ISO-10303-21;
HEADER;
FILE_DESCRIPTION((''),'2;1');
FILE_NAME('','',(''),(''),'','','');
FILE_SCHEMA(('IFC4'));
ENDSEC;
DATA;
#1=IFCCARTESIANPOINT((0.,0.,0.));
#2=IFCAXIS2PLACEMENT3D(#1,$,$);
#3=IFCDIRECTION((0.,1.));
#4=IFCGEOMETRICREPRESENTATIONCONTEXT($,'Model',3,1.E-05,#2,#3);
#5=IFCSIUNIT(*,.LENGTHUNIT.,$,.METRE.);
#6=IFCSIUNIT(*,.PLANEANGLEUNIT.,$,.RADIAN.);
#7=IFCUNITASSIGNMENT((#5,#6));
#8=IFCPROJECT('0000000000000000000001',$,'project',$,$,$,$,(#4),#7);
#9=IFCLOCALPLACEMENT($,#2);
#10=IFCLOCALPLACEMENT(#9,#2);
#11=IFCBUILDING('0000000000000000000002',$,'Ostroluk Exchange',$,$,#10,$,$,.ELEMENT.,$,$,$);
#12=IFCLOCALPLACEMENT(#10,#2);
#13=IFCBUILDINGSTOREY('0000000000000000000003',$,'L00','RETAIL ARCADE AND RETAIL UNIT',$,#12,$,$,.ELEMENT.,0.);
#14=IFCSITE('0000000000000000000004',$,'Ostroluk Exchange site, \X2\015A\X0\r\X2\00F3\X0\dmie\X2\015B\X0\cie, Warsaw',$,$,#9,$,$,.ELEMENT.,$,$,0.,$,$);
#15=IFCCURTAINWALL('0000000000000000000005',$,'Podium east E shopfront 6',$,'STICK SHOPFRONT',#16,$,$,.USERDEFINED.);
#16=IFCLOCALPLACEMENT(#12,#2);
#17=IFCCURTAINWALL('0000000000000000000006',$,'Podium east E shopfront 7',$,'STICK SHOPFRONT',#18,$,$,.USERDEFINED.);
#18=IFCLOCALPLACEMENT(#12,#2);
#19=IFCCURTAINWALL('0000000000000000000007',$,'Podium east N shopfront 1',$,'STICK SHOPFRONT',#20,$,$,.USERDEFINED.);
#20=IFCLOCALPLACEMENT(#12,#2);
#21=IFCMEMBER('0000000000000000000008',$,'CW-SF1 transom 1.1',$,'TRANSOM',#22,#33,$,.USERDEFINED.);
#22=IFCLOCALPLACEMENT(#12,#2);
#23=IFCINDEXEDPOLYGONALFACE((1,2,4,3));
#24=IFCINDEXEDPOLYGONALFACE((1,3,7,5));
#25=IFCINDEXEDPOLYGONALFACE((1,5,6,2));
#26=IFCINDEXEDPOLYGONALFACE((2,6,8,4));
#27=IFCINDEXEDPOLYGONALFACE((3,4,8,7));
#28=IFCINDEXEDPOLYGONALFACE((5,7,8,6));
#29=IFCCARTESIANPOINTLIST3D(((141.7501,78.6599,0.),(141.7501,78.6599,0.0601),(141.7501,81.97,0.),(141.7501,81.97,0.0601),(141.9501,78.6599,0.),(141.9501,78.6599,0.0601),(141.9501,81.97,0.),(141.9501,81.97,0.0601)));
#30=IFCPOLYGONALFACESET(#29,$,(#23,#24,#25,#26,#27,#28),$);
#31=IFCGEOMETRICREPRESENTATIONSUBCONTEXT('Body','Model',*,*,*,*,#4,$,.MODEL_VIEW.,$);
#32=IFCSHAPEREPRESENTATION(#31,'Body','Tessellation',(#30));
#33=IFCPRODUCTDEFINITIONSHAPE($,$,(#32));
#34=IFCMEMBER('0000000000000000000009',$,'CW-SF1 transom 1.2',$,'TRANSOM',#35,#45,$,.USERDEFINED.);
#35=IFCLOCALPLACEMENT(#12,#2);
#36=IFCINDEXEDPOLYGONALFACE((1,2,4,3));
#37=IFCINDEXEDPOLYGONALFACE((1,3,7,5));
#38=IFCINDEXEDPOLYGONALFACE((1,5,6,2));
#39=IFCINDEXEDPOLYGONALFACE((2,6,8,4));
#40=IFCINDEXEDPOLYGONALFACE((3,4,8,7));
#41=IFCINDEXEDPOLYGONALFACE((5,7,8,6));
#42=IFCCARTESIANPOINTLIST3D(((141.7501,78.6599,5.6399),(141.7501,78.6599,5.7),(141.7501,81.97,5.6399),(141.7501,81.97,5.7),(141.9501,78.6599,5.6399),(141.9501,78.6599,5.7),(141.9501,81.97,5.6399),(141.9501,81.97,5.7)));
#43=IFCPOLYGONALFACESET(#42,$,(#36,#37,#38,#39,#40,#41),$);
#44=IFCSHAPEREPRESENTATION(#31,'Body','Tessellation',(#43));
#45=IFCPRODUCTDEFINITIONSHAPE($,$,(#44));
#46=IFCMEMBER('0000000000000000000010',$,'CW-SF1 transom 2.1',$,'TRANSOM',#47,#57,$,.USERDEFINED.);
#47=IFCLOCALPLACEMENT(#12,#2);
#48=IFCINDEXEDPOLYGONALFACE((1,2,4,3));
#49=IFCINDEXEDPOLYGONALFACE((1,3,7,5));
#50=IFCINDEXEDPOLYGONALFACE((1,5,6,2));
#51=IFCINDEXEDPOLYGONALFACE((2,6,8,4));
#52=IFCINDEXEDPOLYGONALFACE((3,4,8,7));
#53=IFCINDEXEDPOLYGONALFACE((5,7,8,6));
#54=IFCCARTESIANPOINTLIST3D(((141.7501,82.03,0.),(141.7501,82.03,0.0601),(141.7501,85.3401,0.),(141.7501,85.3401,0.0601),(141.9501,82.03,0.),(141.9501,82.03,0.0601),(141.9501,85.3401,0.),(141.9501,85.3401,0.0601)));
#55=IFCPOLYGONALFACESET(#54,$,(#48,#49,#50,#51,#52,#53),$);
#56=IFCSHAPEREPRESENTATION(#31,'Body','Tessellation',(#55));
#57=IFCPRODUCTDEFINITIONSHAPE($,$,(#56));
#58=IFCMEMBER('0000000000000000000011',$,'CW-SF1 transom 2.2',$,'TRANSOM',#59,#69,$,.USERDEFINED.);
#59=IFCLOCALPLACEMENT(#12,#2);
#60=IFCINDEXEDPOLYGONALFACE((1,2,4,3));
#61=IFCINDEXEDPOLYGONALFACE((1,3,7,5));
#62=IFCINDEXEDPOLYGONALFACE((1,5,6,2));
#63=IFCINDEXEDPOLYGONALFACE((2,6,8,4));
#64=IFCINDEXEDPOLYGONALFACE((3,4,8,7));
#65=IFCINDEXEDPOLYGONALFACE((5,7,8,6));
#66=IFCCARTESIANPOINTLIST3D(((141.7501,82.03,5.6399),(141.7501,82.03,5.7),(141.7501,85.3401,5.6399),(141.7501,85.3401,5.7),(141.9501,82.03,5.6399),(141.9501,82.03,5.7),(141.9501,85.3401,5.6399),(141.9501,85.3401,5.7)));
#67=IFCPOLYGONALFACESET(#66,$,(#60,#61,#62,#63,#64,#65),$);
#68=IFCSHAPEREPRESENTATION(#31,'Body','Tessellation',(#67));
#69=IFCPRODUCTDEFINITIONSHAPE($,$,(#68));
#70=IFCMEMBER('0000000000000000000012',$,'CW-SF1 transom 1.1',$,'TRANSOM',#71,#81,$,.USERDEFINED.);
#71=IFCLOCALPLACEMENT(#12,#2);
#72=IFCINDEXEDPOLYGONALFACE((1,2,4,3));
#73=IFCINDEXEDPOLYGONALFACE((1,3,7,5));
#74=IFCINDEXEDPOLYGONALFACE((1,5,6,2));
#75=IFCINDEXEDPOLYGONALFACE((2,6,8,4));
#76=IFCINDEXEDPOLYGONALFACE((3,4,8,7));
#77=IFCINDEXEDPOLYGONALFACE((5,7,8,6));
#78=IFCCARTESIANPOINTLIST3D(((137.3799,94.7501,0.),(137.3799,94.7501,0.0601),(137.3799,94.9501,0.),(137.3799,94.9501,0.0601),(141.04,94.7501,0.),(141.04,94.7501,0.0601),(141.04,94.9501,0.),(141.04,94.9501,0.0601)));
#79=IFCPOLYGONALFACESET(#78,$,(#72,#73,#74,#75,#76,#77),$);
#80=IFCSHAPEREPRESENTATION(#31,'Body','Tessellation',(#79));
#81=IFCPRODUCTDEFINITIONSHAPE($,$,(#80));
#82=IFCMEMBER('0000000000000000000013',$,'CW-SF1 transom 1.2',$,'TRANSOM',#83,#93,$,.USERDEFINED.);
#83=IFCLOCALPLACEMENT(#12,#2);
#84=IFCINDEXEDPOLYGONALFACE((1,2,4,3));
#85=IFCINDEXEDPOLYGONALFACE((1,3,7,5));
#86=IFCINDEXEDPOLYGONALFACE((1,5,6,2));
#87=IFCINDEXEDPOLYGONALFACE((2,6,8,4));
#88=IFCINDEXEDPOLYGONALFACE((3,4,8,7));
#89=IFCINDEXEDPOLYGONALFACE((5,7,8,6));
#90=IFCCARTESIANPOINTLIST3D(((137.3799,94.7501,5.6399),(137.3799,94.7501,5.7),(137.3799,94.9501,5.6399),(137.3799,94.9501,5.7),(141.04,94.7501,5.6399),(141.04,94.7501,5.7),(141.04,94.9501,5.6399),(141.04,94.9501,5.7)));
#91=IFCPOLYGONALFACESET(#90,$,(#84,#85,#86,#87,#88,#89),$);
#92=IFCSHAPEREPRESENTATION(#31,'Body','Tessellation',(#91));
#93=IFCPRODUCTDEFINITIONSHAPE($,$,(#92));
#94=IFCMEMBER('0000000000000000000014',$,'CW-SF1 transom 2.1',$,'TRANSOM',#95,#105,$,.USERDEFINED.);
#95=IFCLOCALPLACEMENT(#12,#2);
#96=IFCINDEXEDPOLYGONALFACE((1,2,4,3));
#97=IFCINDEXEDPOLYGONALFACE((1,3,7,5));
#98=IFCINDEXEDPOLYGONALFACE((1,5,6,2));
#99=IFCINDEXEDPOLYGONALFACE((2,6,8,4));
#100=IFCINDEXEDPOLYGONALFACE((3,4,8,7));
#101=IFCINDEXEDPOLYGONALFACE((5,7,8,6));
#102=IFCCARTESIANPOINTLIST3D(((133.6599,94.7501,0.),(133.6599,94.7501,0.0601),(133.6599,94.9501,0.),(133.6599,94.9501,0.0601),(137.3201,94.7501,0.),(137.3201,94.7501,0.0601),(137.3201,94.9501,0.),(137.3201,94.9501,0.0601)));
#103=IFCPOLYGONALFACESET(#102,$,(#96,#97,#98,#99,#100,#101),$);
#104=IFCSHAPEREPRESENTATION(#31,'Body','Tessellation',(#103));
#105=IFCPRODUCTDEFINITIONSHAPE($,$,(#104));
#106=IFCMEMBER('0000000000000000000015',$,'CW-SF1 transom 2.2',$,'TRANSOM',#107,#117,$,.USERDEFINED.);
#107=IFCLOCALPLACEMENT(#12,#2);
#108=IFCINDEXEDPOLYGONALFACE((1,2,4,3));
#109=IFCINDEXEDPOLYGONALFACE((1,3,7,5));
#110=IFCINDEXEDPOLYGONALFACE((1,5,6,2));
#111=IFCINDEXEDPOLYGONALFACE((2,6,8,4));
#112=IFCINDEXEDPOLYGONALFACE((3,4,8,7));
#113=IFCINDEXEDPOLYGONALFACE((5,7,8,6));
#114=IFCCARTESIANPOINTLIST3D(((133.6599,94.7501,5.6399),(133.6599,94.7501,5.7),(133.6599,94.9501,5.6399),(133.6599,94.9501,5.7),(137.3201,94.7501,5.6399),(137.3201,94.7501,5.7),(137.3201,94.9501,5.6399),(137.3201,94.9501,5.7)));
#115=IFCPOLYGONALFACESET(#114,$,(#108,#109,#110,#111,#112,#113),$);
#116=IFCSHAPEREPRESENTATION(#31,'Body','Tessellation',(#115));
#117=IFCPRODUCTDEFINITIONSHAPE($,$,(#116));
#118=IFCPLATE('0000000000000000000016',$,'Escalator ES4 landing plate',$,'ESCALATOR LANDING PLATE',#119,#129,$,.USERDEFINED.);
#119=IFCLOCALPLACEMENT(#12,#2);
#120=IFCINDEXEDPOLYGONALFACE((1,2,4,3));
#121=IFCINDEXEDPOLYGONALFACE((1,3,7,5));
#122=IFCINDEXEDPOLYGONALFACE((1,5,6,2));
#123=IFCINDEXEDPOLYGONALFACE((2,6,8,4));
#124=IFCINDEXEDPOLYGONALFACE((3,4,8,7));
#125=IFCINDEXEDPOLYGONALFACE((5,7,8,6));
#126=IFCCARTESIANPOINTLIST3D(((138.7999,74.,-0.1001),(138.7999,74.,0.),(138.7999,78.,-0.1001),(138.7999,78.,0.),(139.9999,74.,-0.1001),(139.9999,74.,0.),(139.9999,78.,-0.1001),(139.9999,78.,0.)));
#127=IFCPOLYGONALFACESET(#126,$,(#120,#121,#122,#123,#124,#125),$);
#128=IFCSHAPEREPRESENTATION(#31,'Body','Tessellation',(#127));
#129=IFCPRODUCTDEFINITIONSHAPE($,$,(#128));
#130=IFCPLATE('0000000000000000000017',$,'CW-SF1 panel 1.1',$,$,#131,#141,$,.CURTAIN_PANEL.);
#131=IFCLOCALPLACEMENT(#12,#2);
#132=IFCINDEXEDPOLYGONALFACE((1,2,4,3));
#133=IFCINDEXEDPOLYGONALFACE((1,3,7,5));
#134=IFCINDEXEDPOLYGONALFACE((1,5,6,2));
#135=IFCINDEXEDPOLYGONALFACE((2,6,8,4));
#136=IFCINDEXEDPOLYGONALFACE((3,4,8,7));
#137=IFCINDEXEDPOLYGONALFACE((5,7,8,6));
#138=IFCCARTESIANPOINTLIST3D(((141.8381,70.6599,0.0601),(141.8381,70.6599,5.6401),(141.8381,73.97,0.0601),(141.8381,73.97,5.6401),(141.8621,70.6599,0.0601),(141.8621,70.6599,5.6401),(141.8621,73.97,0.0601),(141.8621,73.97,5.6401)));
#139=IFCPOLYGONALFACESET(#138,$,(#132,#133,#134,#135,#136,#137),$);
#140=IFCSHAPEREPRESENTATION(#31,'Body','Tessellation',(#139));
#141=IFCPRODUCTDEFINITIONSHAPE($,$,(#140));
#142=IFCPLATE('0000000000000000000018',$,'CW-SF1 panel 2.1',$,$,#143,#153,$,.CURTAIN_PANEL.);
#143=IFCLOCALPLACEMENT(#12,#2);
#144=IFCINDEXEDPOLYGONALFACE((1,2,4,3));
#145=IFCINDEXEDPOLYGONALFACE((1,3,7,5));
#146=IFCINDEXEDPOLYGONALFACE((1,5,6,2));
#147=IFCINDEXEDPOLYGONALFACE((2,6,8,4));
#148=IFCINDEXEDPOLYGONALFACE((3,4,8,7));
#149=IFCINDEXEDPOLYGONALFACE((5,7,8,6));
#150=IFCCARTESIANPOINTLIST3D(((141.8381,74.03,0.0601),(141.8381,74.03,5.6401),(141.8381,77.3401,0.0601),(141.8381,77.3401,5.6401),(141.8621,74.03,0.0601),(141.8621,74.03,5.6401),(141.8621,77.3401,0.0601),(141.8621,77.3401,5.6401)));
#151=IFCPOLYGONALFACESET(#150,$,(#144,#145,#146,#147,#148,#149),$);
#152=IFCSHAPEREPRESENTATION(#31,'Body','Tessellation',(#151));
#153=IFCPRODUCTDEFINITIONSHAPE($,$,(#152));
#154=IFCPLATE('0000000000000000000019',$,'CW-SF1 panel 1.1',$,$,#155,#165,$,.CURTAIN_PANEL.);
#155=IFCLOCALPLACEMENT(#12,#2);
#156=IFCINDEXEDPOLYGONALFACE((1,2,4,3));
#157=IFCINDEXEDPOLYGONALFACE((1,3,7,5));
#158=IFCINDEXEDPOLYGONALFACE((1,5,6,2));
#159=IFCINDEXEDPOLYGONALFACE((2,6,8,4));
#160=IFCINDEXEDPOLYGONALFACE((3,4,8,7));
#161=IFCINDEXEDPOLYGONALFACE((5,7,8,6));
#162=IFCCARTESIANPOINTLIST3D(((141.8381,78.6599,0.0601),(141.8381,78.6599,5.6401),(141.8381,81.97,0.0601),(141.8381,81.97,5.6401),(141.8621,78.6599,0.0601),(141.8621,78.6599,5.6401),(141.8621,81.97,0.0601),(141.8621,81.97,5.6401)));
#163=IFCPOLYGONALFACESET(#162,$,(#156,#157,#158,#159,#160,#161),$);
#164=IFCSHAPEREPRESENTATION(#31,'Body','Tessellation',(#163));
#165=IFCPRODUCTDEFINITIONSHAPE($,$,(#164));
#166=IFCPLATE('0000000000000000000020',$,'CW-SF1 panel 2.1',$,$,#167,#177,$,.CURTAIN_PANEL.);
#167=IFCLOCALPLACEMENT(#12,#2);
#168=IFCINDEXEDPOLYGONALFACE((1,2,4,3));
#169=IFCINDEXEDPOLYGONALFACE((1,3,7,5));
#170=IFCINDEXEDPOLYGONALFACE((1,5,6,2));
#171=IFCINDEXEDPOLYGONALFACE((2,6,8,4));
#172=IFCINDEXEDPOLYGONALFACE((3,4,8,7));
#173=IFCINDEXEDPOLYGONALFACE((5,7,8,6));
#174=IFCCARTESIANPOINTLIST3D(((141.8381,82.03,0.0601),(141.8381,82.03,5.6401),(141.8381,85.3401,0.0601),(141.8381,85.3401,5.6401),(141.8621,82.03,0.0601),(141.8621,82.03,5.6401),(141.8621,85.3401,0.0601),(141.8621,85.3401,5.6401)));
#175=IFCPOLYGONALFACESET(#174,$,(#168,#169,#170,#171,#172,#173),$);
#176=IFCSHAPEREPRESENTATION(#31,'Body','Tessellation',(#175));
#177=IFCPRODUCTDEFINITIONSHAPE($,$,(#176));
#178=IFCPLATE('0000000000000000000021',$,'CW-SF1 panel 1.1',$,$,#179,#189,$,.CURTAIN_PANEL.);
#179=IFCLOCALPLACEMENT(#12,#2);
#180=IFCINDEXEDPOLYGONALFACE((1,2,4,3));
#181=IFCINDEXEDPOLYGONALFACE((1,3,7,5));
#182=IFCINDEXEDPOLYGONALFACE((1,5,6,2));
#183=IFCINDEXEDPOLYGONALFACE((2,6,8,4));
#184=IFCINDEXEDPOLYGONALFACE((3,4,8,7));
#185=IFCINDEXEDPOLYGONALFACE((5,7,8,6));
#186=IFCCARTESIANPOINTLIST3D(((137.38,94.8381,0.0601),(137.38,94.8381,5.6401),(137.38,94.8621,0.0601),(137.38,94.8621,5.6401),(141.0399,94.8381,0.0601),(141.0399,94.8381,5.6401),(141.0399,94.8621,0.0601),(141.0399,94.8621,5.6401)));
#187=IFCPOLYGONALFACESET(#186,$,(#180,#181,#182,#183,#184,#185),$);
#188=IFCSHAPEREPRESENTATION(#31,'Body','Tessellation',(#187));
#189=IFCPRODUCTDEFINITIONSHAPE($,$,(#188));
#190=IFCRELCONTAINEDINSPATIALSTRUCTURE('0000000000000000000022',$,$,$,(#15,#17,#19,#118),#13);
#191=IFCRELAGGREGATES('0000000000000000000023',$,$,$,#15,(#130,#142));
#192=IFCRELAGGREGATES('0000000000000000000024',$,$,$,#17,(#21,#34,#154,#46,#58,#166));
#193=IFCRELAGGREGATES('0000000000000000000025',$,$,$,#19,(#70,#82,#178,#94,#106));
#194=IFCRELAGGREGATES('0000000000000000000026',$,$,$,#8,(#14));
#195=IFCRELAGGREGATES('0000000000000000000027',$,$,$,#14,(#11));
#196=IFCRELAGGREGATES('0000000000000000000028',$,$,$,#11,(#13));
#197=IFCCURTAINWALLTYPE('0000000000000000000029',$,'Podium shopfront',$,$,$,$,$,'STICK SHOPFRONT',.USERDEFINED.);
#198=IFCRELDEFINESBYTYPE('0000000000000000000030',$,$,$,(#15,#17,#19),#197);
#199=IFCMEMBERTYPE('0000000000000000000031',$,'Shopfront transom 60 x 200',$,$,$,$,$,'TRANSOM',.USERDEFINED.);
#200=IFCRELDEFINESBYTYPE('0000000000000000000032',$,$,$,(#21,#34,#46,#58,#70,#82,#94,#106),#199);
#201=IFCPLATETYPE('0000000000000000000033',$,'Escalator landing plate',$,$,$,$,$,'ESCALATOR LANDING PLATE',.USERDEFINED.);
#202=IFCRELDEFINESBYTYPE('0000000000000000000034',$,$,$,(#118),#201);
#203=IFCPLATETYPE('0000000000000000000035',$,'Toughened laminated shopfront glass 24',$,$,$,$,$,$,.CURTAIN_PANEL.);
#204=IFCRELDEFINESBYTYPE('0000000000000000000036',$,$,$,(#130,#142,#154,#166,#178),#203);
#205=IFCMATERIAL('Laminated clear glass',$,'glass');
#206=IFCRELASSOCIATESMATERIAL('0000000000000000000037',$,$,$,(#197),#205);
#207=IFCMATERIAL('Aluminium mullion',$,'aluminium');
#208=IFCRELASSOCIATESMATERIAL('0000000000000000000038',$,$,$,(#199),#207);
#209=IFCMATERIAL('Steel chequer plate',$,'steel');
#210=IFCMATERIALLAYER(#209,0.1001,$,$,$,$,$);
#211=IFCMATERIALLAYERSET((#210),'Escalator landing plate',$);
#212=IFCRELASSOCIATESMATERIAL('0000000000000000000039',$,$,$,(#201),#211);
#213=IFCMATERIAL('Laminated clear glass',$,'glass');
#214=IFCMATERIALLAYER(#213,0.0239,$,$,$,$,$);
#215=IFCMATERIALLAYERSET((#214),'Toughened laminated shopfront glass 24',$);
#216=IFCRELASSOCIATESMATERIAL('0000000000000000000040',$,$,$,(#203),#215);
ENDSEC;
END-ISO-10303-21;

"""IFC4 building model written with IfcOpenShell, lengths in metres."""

from ifc_helpers import new_model, si_unit, direction, frame, origin, origin_2d, place, context, subcontext, project, spatial, rectangle, extrude, material, layer, layer_set, material_profile, profile_set, type_object, element, aggregate, save


model = new_model("IFC4")

# Units and contexts
model_context = context("Model", 3, precision=1e-05, world=origin(), true_north=direction((0.0, 1.0)))
body_context = subcontext(model_context, "Body", "Model", "MODEL_VIEW")
ifc_project = project(units=[si_unit("LENGTHUNIT", "METRE"), si_unit("PLANEANGLEUNIT", "RADIAN")], contexts=[model_context])

# Site, building, storey
site_placement = place(None, origin())
site = spatial("IfcSite", under=ifc_project, at=site_placement, Name="Ostroluk Exchange site, Śródmieście, Warsaw", CompositionType="ELEMENT", RefElevation=0.0)
building_placement = place(site_placement, origin())
building = spatial("IfcBuilding", under=site, at=building_placement, Name="Ostroluk Exchange", CompositionType="ELEMENT")
storey_placement = place(building_placement, origin())
storey = spatial("IfcBuildingStorey", under=building, at=storey_placement, Name="L00", Description="RETAIL ARCADE AND RETAIL UNIT", CompositionType="ELEMENT", Elevation=0.0)

# Curtain walls
ifc_material_1 = material(Name="Laminated clear glass", Category="glass")
curtain_wall_type = type_object("IfcCurtainWallType", Name="Podium shopfront", ElementType="STICK SHOPFRONT", PredefinedType="USERDEFINED", material=ifc_material_1)
curtain_wall_1_placement = place(storey_placement, origin())
curtain_wall_1 = element("IfcCurtainWall", 1, at=curtain_wall_1_placement, inside=storey, type_object=curtain_wall_type, Name="Podium east E shopfront 6", ObjectType="STICK SHOPFRONT", PredefinedType="USERDEFINED")
curtain_wall_2_placement = place(storey_placement, origin())
curtain_wall_2 = element("IfcCurtainWall", 2, at=curtain_wall_2_placement, inside=storey, type_object=curtain_wall_type, Name="Podium east E shopfront 7", ObjectType="STICK SHOPFRONT", PredefinedType="USERDEFINED")
curtain_wall_3_placement = place(storey_placement, origin())
curtain_wall_3 = element("IfcCurtainWall", 3, at=curtain_wall_3_placement, inside=storey, type_object=curtain_wall_type, Name="Podium east N shopfront 1", ObjectType="STICK SHOPFRONT", PredefinedType="USERDEFINED")

# Members
ifc_material_2 = material(Name="Aluminium mullion", Category="aluminium")
ifc_material_profile_1 = material_profile(ifc_material_2, rectangle(XDim=0.2, YDim=0.0601, at=origin_2d()), Name="Shopfront transom 60 x 200")
ifc_profile_set_1 = profile_set([ifc_material_profile_1], Name="Aluminium mullion")
member_type_1 = type_object("IfcMemberType", Name="Shopfront transom 60 x 200", ElementType="TRANSOM", PredefinedType="USERDEFINED", material=ifc_profile_set_1)
member_1_placement = place(storey_placement, frame((141.8501, 78.6599, 0.03), z_axis=(0.0, 1.0, 0.0), x_axis=(-1.0, 0.0, 0.0)))
member_1 = element("IfcMember", 4, at=member_1_placement, type_object=member_type_1, Name="CW-SF1 transom 1.1", ObjectType="TRANSOM", PredefinedType="USERDEFINED", context=body_context, shape_type="SweptSolid", body=[
    extrude(rectangle(XDim=0.2, YDim=0.0601, at=origin_2d()), origin(), (0.0, 0.0, 1.0), 3.3101),
])
member_2_placement = place(storey_placement, frame((141.8501, 78.6599, 5.6699), z_axis=(0.0, 1.0, 0.0), x_axis=(-1.0, 0.0, 0.0)))
member_2 = element("IfcMember", 5, at=member_2_placement, type_object=member_type_1, Name="CW-SF1 transom 1.2", ObjectType="TRANSOM", PredefinedType="USERDEFINED", context=body_context, shape_type="SweptSolid", body=[
    extrude(rectangle(XDim=0.2, YDim=0.0601, at=origin_2d()), origin(), (0.0, 0.0, 1.0), 3.3101),
])
member_3_placement = place(storey_placement, frame((141.8501, 82.03, 0.03), z_axis=(0.0, 1.0, 0.0), x_axis=(-1.0, 0.0, 0.0)))
member_3 = element("IfcMember", 6, at=member_3_placement, type_object=member_type_1, Name="CW-SF1 transom 2.1", ObjectType="TRANSOM", PredefinedType="USERDEFINED", context=body_context, shape_type="SweptSolid", body=[
    extrude(rectangle(XDim=0.2, YDim=0.0601, at=origin_2d()), origin(), (0.0, 0.0, 1.0), 3.3101),
])
member_4_placement = place(storey_placement, frame((141.8501, 82.03, 5.6699), z_axis=(0.0, 1.0, 0.0), x_axis=(-1.0, 0.0, 0.0)))
member_4 = element("IfcMember", 7, at=member_4_placement, type_object=member_type_1, Name="CW-SF1 transom 2.2", ObjectType="TRANSOM", PredefinedType="USERDEFINED", context=body_context, shape_type="SweptSolid", body=[
    extrude(rectangle(XDim=0.2, YDim=0.0601, at=origin_2d()), origin(), (0.0, 0.0, 1.0), 3.3101),
])
member_5_placement = place(storey_placement, frame((141.04, 94.8501, 0.03), z_axis=(-1.0, 0.0, 0.0), x_axis=(0.0, -1.0, 0.0)))
member_5 = element("IfcMember", 8, at=member_5_placement, type_object=member_type_1, Name="CW-SF1 transom 1.1", ObjectType="TRANSOM", PredefinedType="USERDEFINED", context=body_context, shape_type="SweptSolid", body=[
    extrude(rectangle(XDim=0.2, YDim=0.0601, at=origin_2d()), origin(), (0.0, 0.0, 1.0), 3.6602),
])
member_6_placement = place(storey_placement, frame((141.04, 94.8501, 5.6699), z_axis=(-1.0, 0.0, 0.0), x_axis=(0.0, -1.0, 0.0)))
member_6 = element("IfcMember", 9, at=member_6_placement, type_object=member_type_1, Name="CW-SF1 transom 1.2", ObjectType="TRANSOM", PredefinedType="USERDEFINED", context=body_context, shape_type="SweptSolid", body=[
    extrude(rectangle(XDim=0.2, YDim=0.0601, at=origin_2d()), origin(), (0.0, 0.0, 1.0), 3.6602),
])
member_7_placement = place(storey_placement, frame((137.3201, 94.8501, 0.03), z_axis=(-1.0, 0.0, 0.0), x_axis=(0.0, -1.0, 0.0)))
member_7 = element("IfcMember", 10, at=member_7_placement, type_object=member_type_1, Name="CW-SF1 transom 2.1", ObjectType="TRANSOM", PredefinedType="USERDEFINED", context=body_context, shape_type="SweptSolid", body=[
    extrude(rectangle(XDim=0.2, YDim=0.0601, at=origin_2d()), origin(), (0.0, 0.0, 1.0), 3.6602),
])
member_8_placement = place(storey_placement, frame((137.3201, 94.8501, 5.6699), z_axis=(-1.0, 0.0, 0.0), x_axis=(0.0, -1.0, 0.0)))
member_8 = element("IfcMember", 11, at=member_8_placement, type_object=member_type_1, Name="CW-SF1 transom 2.2", ObjectType="TRANSOM", PredefinedType="USERDEFINED", context=body_context, shape_type="SweptSolid", body=[
    extrude(rectangle(XDim=0.2, YDim=0.0601, at=origin_2d()), origin(), (0.0, 0.0, 1.0), 3.6602),
])

# Plates
ifc_material_3 = material(Name="Steel chequer plate", Category="steel")
ifc_layer_1 = layer(ifc_material_3, 0.1001)
ifc_layer_set_1 = layer_set([ifc_layer_1], Name="Escalator landing plate")
plate_type_1 = type_object("IfcPlateType", Name="Escalator landing plate", ElementType="ESCALATOR LANDING PLATE", PredefinedType="USERDEFINED", material=ifc_layer_set_1)
plate_1_placement = place(storey_placement, frame((139.3999, 76.0, -0.1001), z_axis=(0.0, 0.0, 1.0), x_axis=(1.0, 0.0, 0.0)))
element("IfcPlate", 12, at=plate_1_placement, inside=storey, type_object=plate_type_1, Name="Escalator ES4 landing plate", ObjectType="ESCALATOR LANDING PLATE", PredefinedType="USERDEFINED", context=body_context, shape_type="SweptSolid", body=[
    extrude(rectangle(XDim=1.2, YDim=4.0, at=origin_2d()), origin(), (0.0, 0.0, 1.0), 0.1001),
])
ifc_material_4 = material(Name="Laminated clear glass", Category="glass")
ifc_layer_2 = layer(ifc_material_4, 0.0239)
ifc_layer_set_2 = layer_set([ifc_layer_2], Name="Toughened laminated shopfront glass 24")
plate_type_2 = type_object("IfcPlateType", Name="Toughened laminated shopfront glass 24", PredefinedType="CURTAIN_PANEL", material=ifc_layer_set_2)
plate_2_placement = place(storey_placement, frame((141.8501, 72.3149, 0.0601), z_axis=(0.0, 0.0, 1.0), x_axis=(0.0, 1.0, 0.0)))
plate_2 = element("IfcPlate", 13, at=plate_2_placement, type_object=plate_type_2, Name="CW-SF1 panel 1.1", PredefinedType="CURTAIN_PANEL", context=body_context, shape_type="SweptSolid", body=[
    extrude(rectangle(XDim=3.3101, YDim=0.0239, at=origin_2d()), origin(), (0.0, 0.0, 1.0), 5.5801),
])
plate_3_placement = place(storey_placement, frame((141.8501, 75.6851, 0.0601), z_axis=(0.0, 0.0, 1.0), x_axis=(0.0, 1.0, 0.0)))
plate_3 = element("IfcPlate", 14, at=plate_3_placement, type_object=plate_type_2, Name="CW-SF1 panel 2.1", PredefinedType="CURTAIN_PANEL", context=body_context, shape_type="SweptSolid", body=[
    extrude(rectangle(XDim=3.3101, YDim=0.0239, at=origin_2d()), origin(), (0.0, 0.0, 1.0), 5.5801),
])
aggregate(curtain_wall_1, [plate_2, plate_3])
plate_4_placement = place(storey_placement, frame((141.8501, 80.3149, 0.0601), z_axis=(0.0, 0.0, 1.0), x_axis=(0.0, 1.0, 0.0)))
plate_4 = element("IfcPlate", 15, at=plate_4_placement, type_object=plate_type_2, Name="CW-SF1 panel 1.1", PredefinedType="CURTAIN_PANEL", context=body_context, shape_type="SweptSolid", body=[
    extrude(rectangle(XDim=3.3101, YDim=0.0239, at=origin_2d()), origin(), (0.0, 0.0, 1.0), 5.5801),
])
plate_5_placement = place(storey_placement, frame((141.8501, 83.6851, 0.0601), z_axis=(0.0, 0.0, 1.0), x_axis=(0.0, 1.0, 0.0)))
plate_5 = element("IfcPlate", 16, at=plate_5_placement, type_object=plate_type_2, Name="CW-SF1 panel 2.1", PredefinedType="CURTAIN_PANEL", context=body_context, shape_type="SweptSolid", body=[
    extrude(rectangle(XDim=3.3101, YDim=0.0239, at=origin_2d()), origin(), (0.0, 0.0, 1.0), 5.5801),
])
aggregate(curtain_wall_2, [member_1, member_2, plate_4, member_3, member_4, plate_5])
plate_6_placement = place(storey_placement, frame((139.21, 94.8501, 0.0601), z_axis=(0.0, 0.0, 1.0), x_axis=(-1.0, 0.0, 0.0)))
plate_6 = element("IfcPlate", 17, at=plate_6_placement, type_object=plate_type_2, Name="CW-SF1 panel 1.1", PredefinedType="CURTAIN_PANEL", context=body_context, shape_type="SweptSolid", body=[
    extrude(rectangle(XDim=3.6599, YDim=0.0239, at=origin_2d()), origin(), (0.0, 0.0, 1.0), 5.5801),
])
aggregate(curtain_wall_3, [member_5, member_6, plate_6, member_7, member_8])

save(model, "model.ifc")
